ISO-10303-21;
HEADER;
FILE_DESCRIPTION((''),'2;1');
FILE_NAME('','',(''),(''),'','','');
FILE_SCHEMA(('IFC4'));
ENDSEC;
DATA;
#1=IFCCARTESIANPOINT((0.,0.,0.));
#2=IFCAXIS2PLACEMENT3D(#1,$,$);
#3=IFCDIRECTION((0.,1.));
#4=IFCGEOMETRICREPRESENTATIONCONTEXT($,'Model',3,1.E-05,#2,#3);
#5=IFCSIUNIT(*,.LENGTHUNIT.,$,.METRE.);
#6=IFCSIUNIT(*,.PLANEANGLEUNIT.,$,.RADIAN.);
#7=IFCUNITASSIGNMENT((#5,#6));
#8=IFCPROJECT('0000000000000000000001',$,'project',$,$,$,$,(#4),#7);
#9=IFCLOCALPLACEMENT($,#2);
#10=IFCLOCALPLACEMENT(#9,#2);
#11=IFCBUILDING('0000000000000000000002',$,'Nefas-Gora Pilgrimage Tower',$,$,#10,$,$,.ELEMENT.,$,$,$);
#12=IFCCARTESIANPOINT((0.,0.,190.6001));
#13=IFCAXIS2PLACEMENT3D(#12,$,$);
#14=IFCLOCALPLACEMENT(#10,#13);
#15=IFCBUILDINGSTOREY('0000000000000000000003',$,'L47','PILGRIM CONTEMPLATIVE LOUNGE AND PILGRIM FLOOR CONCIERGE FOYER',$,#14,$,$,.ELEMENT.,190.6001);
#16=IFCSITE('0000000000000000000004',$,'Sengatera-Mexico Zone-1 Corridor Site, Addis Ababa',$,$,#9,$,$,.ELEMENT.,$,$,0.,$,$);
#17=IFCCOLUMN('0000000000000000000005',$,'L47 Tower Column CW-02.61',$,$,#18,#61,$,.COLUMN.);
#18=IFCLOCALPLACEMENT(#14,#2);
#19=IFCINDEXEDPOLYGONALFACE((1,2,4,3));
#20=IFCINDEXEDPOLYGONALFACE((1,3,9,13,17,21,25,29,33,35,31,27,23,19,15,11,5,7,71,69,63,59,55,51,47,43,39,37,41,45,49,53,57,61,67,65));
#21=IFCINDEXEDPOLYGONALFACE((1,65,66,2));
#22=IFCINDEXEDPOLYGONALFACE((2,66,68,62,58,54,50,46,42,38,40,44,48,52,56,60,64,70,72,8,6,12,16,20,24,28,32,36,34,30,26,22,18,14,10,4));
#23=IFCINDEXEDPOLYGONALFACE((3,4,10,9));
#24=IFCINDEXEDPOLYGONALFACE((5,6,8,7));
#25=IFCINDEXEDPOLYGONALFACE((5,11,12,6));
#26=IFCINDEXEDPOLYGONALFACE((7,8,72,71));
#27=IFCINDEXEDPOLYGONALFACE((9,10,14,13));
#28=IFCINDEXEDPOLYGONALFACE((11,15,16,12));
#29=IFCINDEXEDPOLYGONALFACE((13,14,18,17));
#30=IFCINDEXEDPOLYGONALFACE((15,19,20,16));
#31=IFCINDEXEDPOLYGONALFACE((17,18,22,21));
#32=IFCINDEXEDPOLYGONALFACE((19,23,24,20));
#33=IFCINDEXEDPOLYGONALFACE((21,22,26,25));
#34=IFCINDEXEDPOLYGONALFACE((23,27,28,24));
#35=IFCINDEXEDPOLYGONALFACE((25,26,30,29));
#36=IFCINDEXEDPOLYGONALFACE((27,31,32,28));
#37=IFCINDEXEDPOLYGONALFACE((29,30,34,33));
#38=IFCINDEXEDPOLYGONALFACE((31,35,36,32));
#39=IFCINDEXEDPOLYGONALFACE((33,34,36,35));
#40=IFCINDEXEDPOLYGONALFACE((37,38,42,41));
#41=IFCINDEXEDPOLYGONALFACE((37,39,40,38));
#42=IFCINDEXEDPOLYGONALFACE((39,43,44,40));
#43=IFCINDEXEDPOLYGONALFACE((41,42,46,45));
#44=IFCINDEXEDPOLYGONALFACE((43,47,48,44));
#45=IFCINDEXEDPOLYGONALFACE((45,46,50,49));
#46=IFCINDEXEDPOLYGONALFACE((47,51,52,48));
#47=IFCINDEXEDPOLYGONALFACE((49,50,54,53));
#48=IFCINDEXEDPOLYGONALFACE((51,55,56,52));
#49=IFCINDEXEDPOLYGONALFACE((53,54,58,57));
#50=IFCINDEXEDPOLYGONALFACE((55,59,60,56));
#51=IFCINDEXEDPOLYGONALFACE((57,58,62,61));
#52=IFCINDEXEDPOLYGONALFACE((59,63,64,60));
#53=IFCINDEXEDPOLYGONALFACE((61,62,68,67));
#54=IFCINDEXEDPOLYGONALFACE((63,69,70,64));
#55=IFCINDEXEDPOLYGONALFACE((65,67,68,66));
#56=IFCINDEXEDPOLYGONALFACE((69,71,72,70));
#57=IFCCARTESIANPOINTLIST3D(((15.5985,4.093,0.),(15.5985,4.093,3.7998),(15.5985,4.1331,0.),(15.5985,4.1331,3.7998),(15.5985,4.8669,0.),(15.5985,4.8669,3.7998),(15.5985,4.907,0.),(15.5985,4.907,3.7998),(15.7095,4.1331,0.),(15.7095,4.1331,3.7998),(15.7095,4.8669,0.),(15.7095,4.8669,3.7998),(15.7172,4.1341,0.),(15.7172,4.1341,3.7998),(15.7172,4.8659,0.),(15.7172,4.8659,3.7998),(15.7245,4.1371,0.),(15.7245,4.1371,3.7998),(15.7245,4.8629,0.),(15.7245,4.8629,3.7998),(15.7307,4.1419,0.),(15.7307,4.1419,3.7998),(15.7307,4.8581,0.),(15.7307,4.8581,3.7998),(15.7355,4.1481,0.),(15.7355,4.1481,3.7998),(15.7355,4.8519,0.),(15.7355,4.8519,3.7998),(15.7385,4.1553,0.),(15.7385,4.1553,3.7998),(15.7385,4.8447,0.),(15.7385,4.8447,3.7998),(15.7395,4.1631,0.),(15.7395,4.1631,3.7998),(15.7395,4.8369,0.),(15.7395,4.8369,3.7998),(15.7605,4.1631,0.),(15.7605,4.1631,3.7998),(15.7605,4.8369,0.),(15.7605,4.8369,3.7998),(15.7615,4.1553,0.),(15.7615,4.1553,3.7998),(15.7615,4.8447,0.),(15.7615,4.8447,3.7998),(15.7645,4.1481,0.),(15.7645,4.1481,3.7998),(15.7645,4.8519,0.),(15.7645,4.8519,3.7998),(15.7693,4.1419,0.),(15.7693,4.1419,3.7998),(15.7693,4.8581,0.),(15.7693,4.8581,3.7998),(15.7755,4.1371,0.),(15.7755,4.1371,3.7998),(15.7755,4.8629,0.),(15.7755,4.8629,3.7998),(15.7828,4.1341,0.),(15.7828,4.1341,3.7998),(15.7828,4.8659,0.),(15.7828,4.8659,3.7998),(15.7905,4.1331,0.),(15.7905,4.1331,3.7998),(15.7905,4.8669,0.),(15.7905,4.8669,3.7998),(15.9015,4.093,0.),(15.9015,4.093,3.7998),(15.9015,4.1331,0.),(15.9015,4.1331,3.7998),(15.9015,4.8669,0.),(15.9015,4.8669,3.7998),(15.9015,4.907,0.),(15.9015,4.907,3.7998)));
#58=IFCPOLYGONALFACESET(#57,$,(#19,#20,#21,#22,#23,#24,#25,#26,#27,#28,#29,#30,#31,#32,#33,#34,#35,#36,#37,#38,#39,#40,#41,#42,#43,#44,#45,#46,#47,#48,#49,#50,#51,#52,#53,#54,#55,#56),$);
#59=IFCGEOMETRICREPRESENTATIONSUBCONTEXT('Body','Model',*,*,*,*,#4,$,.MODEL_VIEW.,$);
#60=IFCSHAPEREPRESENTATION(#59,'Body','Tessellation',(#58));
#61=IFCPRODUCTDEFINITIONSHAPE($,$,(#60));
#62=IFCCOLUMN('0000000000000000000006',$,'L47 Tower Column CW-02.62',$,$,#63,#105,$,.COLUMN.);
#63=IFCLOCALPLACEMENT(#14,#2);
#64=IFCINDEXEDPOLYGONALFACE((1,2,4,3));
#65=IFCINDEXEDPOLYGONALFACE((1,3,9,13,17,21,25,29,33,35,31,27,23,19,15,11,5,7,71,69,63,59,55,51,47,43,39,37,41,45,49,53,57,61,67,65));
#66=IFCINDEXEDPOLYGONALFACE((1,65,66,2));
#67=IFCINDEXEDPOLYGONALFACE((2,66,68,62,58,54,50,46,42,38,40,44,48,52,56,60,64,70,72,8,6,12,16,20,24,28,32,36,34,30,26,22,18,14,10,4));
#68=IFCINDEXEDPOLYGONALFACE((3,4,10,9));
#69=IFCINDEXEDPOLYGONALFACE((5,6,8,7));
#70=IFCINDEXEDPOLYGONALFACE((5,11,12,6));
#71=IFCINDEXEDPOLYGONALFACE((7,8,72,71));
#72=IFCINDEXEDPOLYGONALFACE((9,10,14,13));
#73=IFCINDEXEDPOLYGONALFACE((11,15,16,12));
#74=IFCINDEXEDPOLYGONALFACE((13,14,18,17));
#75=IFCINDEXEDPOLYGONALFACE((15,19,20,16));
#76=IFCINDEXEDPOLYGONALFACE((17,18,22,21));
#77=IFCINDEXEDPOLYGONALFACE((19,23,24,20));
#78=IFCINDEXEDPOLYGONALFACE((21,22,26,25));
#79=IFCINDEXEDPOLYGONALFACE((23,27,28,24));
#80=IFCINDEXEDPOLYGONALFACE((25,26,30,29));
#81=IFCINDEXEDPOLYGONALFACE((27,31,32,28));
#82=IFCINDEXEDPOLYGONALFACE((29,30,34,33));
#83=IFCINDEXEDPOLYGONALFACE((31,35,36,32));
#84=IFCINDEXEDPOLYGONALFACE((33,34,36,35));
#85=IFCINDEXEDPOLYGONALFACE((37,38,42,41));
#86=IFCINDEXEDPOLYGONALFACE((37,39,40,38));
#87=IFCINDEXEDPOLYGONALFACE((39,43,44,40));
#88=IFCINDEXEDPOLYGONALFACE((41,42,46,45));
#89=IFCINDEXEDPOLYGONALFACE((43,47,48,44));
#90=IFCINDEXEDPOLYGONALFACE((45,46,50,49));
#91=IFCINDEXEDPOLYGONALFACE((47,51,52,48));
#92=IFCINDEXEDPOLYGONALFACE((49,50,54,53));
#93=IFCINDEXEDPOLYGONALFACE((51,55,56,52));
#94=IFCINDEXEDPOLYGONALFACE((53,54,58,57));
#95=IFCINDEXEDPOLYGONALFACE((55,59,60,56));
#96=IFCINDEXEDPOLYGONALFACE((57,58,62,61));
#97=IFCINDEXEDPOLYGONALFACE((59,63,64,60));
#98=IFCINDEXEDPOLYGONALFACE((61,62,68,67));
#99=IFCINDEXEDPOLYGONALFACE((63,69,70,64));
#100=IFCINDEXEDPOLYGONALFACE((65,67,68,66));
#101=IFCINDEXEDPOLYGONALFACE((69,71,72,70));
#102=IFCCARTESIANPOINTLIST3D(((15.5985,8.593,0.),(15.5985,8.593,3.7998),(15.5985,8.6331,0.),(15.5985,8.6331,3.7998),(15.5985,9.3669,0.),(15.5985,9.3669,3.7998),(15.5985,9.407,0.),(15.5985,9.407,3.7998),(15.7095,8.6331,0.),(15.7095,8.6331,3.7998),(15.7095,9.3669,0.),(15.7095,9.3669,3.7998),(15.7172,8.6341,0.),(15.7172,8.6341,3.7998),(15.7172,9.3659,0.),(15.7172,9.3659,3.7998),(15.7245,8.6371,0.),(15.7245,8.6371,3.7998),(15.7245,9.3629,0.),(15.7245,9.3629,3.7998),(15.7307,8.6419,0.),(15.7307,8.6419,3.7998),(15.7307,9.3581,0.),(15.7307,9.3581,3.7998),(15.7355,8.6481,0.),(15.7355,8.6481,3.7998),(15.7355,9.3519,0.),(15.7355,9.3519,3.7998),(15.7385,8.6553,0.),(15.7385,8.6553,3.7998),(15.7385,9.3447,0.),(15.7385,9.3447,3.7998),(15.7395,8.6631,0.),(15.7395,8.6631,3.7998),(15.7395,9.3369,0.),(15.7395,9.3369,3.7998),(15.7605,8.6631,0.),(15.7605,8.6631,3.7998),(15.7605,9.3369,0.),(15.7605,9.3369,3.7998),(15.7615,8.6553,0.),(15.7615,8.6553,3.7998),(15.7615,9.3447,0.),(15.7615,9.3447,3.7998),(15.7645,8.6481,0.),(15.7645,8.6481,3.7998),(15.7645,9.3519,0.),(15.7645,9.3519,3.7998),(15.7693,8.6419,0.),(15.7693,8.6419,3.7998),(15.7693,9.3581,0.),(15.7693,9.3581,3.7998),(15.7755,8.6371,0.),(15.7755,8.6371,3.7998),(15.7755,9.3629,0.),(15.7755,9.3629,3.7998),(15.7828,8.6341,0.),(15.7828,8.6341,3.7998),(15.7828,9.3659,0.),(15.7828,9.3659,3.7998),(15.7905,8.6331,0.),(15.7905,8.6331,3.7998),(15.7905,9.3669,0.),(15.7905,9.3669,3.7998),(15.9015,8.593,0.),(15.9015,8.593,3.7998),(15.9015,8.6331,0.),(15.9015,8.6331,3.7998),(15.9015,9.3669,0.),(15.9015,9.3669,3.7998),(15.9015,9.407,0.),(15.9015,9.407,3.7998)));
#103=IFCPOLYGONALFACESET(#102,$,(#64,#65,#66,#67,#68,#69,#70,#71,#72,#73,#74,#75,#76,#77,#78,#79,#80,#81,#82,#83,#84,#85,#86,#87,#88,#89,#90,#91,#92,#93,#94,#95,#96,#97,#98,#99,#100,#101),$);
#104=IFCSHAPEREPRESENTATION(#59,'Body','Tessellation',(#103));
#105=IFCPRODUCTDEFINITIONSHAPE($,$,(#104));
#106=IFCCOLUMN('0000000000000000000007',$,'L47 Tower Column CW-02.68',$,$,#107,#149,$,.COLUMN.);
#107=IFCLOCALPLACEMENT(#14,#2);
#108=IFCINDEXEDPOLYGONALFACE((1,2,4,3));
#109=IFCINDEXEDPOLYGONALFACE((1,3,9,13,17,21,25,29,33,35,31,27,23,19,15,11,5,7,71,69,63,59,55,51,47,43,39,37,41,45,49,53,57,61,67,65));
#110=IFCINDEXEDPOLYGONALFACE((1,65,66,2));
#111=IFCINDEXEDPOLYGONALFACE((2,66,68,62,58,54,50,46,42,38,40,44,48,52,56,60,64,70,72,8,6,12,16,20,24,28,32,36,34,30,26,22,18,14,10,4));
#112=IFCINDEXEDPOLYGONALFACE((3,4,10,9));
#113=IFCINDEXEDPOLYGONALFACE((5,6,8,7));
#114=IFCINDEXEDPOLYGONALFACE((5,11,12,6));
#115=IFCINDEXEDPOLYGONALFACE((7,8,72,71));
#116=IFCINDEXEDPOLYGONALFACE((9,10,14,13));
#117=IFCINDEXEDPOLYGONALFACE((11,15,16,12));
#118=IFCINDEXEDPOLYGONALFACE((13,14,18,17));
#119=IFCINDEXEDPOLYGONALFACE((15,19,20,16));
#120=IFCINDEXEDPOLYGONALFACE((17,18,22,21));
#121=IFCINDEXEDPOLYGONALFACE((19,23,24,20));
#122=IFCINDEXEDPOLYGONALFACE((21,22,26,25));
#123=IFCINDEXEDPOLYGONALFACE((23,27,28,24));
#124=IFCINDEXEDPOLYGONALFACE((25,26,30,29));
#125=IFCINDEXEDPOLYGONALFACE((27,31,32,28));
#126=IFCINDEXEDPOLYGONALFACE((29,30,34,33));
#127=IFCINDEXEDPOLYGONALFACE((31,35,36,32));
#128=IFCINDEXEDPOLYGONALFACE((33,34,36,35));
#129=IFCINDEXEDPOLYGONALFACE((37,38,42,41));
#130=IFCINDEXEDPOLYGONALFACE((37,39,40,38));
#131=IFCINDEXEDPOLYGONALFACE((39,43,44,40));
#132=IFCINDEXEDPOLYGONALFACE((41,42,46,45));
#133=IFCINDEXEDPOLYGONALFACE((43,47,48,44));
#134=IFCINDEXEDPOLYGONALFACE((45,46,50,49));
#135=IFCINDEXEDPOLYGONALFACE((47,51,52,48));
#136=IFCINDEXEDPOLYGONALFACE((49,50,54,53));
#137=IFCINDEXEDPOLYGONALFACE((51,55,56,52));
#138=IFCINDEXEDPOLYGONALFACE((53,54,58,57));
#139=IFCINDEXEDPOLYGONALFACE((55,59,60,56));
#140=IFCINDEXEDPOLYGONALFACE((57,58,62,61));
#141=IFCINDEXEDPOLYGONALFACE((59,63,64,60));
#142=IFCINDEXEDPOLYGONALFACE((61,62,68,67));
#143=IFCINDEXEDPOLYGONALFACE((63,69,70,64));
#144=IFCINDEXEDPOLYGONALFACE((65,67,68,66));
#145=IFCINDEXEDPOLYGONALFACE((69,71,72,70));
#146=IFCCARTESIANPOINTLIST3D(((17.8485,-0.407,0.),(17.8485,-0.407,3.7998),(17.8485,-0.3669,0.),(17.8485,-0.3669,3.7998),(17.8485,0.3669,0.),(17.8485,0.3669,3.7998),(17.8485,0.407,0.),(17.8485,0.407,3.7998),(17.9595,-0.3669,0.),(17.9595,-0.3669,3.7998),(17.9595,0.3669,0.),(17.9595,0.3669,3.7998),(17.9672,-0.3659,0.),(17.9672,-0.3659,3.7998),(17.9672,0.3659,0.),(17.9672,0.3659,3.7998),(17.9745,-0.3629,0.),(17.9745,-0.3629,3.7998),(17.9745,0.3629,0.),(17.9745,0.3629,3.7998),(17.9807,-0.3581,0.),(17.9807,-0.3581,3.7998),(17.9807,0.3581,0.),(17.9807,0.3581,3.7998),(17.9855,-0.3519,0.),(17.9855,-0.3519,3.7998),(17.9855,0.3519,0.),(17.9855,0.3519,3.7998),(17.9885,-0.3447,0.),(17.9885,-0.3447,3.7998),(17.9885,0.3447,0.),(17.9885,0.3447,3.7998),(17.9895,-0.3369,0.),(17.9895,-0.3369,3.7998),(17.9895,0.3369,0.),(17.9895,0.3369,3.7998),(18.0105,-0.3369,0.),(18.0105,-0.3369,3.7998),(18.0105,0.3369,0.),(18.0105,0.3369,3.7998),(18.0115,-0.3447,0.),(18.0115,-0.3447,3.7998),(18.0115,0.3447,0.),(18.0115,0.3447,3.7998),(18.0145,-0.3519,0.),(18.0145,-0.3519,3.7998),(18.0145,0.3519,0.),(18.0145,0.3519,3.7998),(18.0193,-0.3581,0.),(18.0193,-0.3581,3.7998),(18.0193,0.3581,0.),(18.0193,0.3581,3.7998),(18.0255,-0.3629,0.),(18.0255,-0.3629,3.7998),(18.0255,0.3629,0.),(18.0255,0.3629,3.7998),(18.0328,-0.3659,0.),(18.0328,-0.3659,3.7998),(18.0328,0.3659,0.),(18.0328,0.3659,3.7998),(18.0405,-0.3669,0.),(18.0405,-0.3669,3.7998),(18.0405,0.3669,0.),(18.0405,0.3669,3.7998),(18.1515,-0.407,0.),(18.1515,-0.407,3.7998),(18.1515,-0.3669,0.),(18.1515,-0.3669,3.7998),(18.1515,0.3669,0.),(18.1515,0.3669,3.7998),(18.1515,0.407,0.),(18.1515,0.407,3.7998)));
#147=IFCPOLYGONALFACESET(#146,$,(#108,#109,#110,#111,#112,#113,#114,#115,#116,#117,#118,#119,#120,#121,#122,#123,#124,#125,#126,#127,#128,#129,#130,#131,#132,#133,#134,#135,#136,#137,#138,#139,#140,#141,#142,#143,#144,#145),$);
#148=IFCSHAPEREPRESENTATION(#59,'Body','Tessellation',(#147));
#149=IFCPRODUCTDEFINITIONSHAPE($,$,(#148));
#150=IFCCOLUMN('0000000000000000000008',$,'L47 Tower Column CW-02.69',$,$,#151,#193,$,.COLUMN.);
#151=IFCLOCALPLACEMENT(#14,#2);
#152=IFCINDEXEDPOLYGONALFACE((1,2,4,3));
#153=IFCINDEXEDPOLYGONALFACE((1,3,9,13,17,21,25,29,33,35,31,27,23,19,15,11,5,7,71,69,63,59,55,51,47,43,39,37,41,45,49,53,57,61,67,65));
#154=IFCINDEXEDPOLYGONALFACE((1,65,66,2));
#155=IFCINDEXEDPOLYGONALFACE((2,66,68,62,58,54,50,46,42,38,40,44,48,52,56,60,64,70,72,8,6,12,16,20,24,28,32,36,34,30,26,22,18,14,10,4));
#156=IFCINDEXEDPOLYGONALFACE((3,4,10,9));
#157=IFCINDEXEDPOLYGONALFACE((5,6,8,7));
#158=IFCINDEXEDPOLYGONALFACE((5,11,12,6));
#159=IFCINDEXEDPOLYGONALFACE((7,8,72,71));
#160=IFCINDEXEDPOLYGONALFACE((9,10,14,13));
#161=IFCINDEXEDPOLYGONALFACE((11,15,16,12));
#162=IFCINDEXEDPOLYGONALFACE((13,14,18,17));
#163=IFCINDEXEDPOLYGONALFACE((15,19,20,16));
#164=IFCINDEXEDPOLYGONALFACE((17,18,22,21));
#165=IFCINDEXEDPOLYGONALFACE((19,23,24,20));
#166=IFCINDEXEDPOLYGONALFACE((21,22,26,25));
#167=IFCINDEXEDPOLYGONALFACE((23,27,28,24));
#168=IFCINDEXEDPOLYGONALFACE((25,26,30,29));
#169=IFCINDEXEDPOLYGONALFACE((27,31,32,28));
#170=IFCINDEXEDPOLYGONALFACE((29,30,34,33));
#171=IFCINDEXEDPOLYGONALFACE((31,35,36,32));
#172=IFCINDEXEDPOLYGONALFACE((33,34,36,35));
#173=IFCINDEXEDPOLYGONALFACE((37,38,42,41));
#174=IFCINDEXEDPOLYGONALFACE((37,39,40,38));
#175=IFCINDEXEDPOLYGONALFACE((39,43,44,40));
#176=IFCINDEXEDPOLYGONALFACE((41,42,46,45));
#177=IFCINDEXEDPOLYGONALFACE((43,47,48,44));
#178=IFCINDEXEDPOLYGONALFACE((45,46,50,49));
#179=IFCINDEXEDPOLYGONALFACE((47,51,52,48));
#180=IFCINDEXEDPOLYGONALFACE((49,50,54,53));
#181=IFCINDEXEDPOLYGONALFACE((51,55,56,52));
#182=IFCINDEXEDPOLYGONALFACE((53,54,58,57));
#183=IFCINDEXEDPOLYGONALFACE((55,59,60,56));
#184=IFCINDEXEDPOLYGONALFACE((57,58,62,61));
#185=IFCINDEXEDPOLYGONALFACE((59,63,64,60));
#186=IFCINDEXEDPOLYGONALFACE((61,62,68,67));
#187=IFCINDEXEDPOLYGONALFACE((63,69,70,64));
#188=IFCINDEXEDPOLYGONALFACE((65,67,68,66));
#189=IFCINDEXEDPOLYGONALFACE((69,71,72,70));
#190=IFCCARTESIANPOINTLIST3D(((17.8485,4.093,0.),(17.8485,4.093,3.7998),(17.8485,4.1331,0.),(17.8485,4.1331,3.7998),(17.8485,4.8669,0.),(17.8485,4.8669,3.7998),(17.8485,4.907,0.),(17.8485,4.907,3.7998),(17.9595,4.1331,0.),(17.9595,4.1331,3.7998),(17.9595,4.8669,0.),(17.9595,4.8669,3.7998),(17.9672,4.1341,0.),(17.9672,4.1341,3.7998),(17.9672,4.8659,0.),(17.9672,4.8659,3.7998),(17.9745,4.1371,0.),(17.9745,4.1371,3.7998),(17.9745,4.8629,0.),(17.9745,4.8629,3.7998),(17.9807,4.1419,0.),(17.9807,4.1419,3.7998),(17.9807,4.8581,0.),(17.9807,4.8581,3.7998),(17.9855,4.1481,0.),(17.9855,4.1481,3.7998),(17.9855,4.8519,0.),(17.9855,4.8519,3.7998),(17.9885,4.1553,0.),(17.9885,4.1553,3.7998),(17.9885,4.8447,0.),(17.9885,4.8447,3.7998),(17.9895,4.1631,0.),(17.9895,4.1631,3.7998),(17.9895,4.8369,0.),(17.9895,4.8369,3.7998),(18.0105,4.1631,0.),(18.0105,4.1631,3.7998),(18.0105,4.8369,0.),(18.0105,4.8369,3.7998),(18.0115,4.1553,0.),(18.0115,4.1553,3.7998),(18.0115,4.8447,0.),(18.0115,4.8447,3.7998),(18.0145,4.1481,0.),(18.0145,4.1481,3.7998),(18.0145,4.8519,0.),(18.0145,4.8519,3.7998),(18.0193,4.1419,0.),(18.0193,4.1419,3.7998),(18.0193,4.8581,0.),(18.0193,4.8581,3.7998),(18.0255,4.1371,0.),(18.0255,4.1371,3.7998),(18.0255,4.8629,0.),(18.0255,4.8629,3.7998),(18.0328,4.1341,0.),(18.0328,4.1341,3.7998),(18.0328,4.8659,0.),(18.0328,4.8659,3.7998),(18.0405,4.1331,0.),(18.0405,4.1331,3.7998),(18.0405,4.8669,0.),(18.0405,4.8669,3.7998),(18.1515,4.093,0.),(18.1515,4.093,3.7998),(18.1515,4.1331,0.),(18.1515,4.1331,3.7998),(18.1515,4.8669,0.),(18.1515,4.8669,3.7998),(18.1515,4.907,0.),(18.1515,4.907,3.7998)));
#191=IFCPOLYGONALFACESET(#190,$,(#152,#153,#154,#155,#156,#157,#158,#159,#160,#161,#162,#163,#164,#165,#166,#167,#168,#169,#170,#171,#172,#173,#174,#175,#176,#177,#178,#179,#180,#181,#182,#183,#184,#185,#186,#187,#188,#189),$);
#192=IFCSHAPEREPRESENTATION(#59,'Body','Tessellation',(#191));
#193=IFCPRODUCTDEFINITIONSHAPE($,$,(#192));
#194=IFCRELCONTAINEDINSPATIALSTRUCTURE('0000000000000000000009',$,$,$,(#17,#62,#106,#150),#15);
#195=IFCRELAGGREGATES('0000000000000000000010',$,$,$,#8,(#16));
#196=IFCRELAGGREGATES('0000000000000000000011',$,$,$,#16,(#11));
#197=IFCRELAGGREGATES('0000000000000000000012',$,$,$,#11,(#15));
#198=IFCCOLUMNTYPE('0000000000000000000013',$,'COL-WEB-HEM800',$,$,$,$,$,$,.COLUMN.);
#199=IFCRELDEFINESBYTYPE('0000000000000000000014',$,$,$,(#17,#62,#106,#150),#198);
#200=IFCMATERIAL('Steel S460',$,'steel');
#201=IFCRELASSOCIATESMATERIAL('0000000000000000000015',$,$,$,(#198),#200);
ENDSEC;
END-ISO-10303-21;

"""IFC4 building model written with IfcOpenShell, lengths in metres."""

from ifc_helpers import new_model, si_unit, direction, frame, origin, origin_2d, place, context, subcontext, project, spatial, i_section, extrude, source, transform, mapped, material, material_profile, profile_set, type_object, element, save


model = new_model("IFC4")

# Units and contexts
model_context = context("Model", 3, precision=1e-05, world=origin(), true_north=direction((0.0, 1.0)))
body_context = subcontext(model_context, "Body", "Model", "MODEL_VIEW")
ifc_project = project(units=[si_unit("LENGTHUNIT", "METRE"), si_unit("PLANEANGLEUNIT", "RADIAN")], contexts=[model_context])

# Site, building, storey
site_placement = place(None, origin())
site = spatial("IfcSite", under=ifc_project, at=site_placement, Name="Sengatera-Mexico Zone-1 Corridor Site, Addis Ababa", CompositionType="ELEMENT", RefElevation=0.0)
building_placement = place(site_placement, origin())
building = spatial("IfcBuilding", under=site, at=building_placement, Name="Nefas-Gora Pilgrimage Tower", CompositionType="ELEMENT")
storey_placement = place(building_placement, frame((0.0, 0.0, 190.6001)))
storey = spatial("IfcBuildingStorey", under=building, at=storey_placement, Name="L47", Description="PILGRIM CONTEMPLATIVE LOUNGE AND PILGRIM FLOOR CONCIERGE FOYER", CompositionType="ELEMENT", Elevation=190.6001)

# Columns
ifc_material_1 = material(Name="Steel S460", Category="steel")
ifc_material_profile_1 = material_profile(ifc_material_1, i_section(OverallWidth=0.303, OverallDepth=0.814, WebThickness=0.021, FlangeThickness=0.04, FilletRadius=0.03, at=origin_2d()), Name="HEM 800")
ifc_profile_set_1 = profile_set([ifc_material_profile_1], Name="Steel S460")
column_type_1 = type_object("IfcColumnType", Name="COL-WEB-HEM800", PredefinedType="COLUMN", material=ifc_profile_set_1)
shared_shape_1 = source(origin(), body_context, "Body", "SweptSolid", [
    extrude(i_section(OverallWidth=0.303, OverallDepth=0.814, WebThickness=0.021, FlangeThickness=0.04, FilletRadius=0.03, at=origin_2d()), origin(), (0.0, 0.0, 1.0), 3.7998),
])
for number, where, z_axis, x_axis, name in (
    (1, (15.75, 4.5, 0.0), (0.0, 0.0, 1.0), (1.0, 0.0, 0.0), "L47 Tower Column CW-02.61"),
    (2, (15.75, 9.0, 0.0), (0.0, 0.0, 1.0), (1.0, 0.0, 0.0), "L47 Tower Column CW-02.62"),
    (3, (18.0, 0.0, 0.0), (0.0, 0.0, 1.0), (1.0, 0.0, 0.0), "L47 Tower Column CW-02.68"),
    (4, (18.0, 4.5, 0.0), (0.0, 0.0, 1.0), (1.0, 0.0, 0.0), "L47 Tower Column CW-02.69"),
):
    element("IfcColumn", number, at=place(storey_placement, frame(where, z_axis=z_axis, x_axis=x_axis)), inside=storey, type_object=column_type_1, Name=name, PredefinedType="COLUMN", context=body_context, shape_type="MappedRepresentation", body=[
        mapped(shared_shape_1, transform((0.0, 0.0, 0.0), x_axis=(1.0, 0.0, 0.0), y_axis=(0.0, 1.0, 0.0), z_axis=(0.0, 0.0, 1.0), scale=1.0)),
    ])

save(model, "model.ifc")
